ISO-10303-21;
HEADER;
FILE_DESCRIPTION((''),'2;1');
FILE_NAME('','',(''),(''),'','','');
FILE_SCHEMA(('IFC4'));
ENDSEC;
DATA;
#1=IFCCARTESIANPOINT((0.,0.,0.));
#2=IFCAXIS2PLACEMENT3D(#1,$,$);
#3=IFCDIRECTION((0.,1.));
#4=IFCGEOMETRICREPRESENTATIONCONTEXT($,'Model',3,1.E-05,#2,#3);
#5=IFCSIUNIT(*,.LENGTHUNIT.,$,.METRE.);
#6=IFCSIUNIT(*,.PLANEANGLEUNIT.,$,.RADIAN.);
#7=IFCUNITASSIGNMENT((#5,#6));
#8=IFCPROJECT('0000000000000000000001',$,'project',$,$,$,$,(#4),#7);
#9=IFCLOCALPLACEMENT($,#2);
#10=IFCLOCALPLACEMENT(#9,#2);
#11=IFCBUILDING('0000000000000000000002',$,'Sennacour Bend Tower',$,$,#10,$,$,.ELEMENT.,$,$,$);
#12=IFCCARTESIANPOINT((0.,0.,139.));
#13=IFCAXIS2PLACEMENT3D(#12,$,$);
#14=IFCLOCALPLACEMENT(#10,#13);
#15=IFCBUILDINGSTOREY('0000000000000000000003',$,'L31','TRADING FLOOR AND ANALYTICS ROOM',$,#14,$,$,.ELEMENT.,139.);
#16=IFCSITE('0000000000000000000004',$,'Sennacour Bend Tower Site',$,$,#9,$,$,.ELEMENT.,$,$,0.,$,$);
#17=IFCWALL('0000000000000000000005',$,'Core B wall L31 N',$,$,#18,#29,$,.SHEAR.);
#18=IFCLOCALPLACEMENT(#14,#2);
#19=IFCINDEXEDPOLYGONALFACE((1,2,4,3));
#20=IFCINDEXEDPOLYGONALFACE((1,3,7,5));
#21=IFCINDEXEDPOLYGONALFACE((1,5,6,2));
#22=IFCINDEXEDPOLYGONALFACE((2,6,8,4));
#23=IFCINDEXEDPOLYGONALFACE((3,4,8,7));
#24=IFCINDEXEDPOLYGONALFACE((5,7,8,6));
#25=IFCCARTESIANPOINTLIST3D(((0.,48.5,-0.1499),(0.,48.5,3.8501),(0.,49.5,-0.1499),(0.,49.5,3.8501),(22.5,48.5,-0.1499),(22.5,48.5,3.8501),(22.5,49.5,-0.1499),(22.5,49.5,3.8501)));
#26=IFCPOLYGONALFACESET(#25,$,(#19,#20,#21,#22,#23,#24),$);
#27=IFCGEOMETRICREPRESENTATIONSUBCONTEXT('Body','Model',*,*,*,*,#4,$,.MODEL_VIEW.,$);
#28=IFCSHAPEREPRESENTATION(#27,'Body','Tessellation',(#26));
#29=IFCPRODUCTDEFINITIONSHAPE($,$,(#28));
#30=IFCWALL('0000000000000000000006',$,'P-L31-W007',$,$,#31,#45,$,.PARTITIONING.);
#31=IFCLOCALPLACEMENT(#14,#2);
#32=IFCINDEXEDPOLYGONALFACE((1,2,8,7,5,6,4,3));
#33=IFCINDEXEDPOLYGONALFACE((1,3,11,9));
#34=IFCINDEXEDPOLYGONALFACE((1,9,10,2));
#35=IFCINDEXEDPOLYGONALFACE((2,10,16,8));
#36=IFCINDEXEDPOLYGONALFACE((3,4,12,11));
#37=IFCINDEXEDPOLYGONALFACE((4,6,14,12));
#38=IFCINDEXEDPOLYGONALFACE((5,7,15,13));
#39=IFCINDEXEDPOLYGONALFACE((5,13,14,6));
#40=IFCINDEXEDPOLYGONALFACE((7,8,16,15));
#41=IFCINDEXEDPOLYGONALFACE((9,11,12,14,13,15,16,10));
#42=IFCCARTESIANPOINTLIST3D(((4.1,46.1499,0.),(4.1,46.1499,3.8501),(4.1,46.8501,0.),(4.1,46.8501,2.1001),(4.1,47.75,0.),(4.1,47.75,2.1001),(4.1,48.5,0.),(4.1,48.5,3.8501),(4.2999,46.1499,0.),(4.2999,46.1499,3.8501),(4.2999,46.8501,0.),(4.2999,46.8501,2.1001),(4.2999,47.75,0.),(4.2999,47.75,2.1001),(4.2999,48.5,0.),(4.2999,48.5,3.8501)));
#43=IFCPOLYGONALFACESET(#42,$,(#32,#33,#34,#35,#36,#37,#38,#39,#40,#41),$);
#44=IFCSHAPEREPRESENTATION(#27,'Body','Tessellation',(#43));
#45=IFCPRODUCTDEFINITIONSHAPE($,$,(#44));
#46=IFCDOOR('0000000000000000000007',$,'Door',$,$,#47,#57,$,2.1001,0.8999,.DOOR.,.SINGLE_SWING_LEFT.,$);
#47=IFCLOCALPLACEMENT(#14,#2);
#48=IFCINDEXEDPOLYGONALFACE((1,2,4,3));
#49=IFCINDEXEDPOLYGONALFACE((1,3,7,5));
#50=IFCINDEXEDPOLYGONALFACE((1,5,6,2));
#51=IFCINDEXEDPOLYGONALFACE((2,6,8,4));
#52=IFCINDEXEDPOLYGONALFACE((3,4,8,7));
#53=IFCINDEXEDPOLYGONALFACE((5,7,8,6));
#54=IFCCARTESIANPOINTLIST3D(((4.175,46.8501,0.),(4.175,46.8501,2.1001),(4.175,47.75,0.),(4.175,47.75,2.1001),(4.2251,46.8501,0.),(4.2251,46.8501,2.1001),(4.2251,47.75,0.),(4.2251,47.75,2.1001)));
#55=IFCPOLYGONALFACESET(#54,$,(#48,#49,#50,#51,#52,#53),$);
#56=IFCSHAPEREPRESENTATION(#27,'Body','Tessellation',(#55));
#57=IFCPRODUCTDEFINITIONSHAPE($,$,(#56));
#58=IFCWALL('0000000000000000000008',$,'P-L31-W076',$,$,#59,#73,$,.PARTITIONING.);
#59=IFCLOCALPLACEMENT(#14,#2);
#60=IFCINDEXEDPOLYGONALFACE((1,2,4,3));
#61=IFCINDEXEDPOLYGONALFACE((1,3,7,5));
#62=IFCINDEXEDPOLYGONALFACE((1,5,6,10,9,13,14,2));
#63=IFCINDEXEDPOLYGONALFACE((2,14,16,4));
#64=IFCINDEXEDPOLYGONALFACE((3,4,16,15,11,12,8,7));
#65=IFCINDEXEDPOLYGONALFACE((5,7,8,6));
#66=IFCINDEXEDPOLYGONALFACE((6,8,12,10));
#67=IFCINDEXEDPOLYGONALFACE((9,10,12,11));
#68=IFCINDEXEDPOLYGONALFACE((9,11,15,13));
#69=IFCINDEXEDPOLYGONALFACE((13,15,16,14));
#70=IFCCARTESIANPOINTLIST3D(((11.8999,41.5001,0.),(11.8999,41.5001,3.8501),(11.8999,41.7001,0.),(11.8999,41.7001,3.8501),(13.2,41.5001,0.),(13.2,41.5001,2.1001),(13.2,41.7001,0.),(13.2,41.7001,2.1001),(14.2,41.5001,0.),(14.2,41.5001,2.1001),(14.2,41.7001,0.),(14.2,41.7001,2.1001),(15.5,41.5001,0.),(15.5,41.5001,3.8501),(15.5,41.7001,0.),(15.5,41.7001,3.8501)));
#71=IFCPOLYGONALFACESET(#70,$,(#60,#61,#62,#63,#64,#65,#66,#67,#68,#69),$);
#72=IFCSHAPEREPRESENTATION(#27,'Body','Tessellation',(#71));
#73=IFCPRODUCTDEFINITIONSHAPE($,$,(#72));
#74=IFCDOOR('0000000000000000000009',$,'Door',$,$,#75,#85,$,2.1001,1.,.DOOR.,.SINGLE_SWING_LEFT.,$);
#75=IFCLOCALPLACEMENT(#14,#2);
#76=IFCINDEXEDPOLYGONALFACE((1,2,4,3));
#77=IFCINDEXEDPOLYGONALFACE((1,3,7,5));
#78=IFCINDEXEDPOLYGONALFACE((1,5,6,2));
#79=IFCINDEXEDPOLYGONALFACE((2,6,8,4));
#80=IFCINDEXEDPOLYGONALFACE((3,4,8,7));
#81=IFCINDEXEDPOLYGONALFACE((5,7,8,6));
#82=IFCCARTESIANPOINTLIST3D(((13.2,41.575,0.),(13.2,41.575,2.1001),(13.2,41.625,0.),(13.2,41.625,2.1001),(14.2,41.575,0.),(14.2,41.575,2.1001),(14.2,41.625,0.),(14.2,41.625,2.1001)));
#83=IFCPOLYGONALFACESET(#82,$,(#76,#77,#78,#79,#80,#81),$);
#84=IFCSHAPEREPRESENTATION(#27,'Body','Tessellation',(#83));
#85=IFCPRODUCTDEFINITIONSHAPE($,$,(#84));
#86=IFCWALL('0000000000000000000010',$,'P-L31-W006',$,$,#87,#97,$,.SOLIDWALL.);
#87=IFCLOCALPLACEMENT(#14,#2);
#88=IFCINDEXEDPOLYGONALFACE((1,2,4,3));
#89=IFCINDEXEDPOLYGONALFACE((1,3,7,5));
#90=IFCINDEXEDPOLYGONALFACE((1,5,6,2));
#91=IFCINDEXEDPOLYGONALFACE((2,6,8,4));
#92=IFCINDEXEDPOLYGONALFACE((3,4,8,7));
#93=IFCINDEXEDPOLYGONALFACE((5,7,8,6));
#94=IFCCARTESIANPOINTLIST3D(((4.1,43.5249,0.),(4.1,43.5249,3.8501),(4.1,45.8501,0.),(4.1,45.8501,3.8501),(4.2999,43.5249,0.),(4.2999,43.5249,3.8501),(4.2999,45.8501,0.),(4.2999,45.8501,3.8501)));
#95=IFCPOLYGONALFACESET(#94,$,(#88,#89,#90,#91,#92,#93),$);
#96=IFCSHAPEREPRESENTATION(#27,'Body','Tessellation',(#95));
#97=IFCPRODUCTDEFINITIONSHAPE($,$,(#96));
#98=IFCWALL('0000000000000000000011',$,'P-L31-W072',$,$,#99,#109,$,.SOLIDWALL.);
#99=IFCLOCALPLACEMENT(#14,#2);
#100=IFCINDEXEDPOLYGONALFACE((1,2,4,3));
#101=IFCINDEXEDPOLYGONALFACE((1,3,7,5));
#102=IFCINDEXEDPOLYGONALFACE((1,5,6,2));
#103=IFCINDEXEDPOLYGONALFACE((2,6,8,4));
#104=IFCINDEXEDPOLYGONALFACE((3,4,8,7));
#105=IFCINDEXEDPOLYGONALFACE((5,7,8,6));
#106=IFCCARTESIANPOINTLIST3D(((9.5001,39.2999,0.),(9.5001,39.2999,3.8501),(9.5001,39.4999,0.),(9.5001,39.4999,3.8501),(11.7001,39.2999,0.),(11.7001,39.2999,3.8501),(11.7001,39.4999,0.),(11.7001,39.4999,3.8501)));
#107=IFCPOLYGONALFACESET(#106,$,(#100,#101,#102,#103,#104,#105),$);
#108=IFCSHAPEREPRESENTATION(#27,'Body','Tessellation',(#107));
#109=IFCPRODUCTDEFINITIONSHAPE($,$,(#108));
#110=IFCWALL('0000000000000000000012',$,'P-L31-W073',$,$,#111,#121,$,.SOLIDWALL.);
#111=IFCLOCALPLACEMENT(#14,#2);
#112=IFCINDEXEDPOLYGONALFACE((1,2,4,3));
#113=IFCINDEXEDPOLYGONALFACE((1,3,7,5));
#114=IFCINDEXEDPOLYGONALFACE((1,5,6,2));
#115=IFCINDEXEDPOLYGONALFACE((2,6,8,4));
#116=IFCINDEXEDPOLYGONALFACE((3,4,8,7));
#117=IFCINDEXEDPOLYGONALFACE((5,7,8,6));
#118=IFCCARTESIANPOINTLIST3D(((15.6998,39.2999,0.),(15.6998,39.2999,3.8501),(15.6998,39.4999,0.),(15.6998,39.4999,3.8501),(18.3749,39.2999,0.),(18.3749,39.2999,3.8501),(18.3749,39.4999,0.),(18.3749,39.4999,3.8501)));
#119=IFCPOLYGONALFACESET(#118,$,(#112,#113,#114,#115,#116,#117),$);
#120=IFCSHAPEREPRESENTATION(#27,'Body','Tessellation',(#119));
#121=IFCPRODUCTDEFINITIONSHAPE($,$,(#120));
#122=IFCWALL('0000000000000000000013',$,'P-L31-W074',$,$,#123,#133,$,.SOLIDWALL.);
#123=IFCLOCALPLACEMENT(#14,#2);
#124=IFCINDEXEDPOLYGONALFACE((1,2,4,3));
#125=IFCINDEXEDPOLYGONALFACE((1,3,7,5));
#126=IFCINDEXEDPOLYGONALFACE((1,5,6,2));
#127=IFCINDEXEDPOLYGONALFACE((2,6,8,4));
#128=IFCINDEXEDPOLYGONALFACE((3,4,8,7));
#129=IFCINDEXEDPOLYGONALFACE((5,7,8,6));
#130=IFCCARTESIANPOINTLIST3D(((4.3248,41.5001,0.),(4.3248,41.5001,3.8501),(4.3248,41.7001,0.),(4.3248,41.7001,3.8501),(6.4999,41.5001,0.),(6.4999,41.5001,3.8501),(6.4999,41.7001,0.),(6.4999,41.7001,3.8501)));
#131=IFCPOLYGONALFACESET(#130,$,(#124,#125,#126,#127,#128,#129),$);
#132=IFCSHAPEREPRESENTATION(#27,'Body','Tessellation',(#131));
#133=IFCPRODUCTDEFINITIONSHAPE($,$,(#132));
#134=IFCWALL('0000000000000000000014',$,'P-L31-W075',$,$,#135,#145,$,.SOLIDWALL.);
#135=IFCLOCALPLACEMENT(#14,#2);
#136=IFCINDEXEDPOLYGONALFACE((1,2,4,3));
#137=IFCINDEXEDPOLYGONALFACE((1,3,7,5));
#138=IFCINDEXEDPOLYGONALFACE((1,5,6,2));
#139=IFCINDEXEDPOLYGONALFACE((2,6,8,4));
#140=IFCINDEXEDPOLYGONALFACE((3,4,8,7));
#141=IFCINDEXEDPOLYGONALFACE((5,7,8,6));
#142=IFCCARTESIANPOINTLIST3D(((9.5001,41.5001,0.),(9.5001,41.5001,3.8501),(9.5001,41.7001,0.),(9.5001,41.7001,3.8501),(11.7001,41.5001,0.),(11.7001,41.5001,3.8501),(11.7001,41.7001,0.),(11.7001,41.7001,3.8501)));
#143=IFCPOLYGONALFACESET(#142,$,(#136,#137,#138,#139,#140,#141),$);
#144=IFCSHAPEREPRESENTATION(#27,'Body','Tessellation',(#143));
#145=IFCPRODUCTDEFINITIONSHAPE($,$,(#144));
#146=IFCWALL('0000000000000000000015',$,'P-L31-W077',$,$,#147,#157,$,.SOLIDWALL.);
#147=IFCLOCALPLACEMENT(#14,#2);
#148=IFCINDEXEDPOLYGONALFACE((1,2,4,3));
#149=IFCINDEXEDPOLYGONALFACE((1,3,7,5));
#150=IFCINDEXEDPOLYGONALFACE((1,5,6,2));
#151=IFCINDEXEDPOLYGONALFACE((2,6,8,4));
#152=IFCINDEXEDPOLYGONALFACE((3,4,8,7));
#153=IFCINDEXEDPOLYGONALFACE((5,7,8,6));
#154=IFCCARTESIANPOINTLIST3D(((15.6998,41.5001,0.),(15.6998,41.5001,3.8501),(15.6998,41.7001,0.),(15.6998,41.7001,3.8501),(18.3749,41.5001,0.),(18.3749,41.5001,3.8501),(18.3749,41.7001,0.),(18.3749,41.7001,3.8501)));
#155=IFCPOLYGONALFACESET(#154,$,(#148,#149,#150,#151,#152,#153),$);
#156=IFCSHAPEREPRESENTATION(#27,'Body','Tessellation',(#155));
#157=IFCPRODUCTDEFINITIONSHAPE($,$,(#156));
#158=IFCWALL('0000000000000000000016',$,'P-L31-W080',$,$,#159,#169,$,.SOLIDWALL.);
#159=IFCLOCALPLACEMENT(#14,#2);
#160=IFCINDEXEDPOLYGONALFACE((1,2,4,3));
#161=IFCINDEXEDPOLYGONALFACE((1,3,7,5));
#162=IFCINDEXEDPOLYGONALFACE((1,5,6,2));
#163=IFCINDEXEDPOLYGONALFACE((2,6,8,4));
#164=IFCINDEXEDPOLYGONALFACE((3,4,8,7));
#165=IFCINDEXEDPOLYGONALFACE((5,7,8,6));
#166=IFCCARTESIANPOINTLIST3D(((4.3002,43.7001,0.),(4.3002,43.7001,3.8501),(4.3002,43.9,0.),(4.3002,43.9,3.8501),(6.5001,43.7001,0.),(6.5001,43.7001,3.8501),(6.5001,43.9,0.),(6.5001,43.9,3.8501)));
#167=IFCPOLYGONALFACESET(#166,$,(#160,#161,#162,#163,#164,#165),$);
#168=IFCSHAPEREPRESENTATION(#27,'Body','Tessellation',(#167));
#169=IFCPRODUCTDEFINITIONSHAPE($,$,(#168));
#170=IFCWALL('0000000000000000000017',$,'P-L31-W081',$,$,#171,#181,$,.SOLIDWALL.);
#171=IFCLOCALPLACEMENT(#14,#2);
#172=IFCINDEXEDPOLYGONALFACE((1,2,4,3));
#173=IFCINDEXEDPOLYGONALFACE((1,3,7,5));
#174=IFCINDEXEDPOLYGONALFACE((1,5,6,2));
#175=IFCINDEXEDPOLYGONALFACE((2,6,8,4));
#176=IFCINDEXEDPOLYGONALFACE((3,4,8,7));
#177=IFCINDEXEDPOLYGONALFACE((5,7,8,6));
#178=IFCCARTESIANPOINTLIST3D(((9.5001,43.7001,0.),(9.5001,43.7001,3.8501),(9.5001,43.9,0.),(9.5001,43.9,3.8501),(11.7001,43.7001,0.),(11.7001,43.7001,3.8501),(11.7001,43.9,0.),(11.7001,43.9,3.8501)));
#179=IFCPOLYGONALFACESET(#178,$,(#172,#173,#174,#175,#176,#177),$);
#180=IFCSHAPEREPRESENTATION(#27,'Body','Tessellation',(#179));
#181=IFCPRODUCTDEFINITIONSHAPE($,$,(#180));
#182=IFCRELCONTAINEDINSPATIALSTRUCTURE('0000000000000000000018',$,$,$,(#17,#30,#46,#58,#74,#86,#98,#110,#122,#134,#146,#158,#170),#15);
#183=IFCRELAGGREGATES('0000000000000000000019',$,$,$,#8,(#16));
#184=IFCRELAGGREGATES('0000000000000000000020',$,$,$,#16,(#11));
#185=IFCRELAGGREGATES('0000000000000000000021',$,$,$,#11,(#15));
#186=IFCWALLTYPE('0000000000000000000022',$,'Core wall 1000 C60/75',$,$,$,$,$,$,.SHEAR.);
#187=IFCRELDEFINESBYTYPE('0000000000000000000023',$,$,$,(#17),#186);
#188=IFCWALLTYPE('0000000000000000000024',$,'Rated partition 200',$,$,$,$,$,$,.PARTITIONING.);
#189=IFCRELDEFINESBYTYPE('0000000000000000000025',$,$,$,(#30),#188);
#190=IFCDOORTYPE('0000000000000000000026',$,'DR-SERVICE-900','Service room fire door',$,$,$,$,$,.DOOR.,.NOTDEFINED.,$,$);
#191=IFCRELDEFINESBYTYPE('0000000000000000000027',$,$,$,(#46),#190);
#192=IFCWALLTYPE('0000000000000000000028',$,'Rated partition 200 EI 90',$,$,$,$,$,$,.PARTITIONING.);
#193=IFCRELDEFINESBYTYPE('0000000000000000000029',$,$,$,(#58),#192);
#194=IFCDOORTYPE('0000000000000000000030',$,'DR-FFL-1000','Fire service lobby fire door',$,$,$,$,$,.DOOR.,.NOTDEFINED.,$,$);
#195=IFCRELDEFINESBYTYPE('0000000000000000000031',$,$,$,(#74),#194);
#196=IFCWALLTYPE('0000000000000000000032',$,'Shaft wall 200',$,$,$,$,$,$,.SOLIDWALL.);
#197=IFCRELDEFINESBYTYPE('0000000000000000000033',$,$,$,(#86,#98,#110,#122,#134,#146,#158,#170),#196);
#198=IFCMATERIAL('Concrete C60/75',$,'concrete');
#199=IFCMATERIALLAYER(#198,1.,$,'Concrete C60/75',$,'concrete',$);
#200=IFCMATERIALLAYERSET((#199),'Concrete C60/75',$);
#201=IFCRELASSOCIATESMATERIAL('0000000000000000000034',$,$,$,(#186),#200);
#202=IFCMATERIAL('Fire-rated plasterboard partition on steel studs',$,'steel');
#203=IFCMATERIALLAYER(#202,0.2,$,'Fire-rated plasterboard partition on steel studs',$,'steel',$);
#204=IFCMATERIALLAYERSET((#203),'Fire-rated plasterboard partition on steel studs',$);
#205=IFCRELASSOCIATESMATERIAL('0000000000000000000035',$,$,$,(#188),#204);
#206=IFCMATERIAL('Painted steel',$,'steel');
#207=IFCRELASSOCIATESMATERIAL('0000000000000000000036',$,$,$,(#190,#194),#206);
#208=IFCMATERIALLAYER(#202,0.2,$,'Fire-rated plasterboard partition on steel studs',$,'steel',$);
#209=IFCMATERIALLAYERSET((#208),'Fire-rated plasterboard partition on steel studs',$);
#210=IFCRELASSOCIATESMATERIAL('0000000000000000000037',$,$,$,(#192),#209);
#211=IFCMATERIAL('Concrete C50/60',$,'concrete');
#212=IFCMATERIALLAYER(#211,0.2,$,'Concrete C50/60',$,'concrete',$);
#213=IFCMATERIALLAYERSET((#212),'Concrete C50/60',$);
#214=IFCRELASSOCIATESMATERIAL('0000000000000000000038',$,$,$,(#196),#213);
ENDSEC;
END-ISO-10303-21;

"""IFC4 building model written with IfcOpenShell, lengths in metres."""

from ifc_helpers import new_model, si_unit, direction, frame, frame_2d, origin, place, context, subcontext, project, spatial, rectangle, extrude, material, layer, layer_set, type_object, element, fill, save


model = new_model("IFC4")

# Units and contexts
model_context = context("Model", 3, precision=1e-05, world=origin(), true_north=direction((0.0, 1.0)))
body_context = subcontext(model_context, "Body", "Model", "MODEL_VIEW")
ifc_project = project(units=[si_unit("LENGTHUNIT", "METRE"), si_unit("PLANEANGLEUNIT", "RADIAN")], contexts=[model_context])

# Site, building, storey
site_placement = place(None, origin())
site = spatial("IfcSite", under=ifc_project, at=site_placement, Name="Sennacour Bend Tower Site", CompositionType="ELEMENT", RefElevation=0.0)
building_placement = place(site_placement, origin())
building = spatial("IfcBuilding", under=site, at=building_placement, Name="Sennacour Bend Tower", CompositionType="ELEMENT")
storey_placement = place(building_placement, frame((0.0, 0.0, 139.0)))
storey = spatial("IfcBuildingStorey", under=building, at=storey_placement, Name="L31", Description="TRADING FLOOR AND ANALYTICS ROOM", CompositionType="ELEMENT", Elevation=139.0)

# Wall
ifc_material_1 = material(Name="Concrete C60/75", Category="concrete")
ifc_layer_1 = layer(ifc_material_1, 1.0, Name="Concrete C60/75", Category="concrete")
ifc_layer_set_1 = layer_set([ifc_layer_1], Name="Concrete C60/75")
wall_type_1 = type_object("IfcWallType", Name="Core wall 1000 C60/75", PredefinedType="SHEAR", material=ifc_layer_set_1)
wall_1_placement = place(storey_placement, frame((0.0, 49.0, -0.1499), z_axis=(0.0, 0.0, 1.0), x_axis=(1.0, 0.0, 0.0)))
element("IfcWall", 1, at=wall_1_placement, inside=storey, type_object=wall_type_1, Name="Core B wall L31 N", PredefinedType="SHEAR", context=body_context, shape_type="SweptSolid", body=[
    extrude(rectangle(XDim=22.5, YDim=1.0, at=frame_2d((11.25, 0.0))), origin(), (0.0, 0.0, 1.0), 4.0),
])

# Walls, openings, doors
ifc_material_2 = material(Name="Fire-rated plasterboard partition on steel studs", Category="steel")
ifc_layer_2 = layer(ifc_material_2, 0.2, Name="Fire-rated plasterboard partition on steel studs", Category="steel")
ifc_layer_set_2 = layer_set([ifc_layer_2], Name="Fire-rated plasterboard partition on steel studs")
wall_type_2 = type_object("IfcWallType", Name="Rated partition 200", PredefinedType="PARTITIONING", material=ifc_layer_set_2)
wall_2_placement = place(storey_placement, frame((4.2, 46.1499, 0.0), z_axis=(0.0, 0.0, 1.0), x_axis=(0.0, 1.0, 0.0)))
wall_2 = element("IfcWall", 2, at=wall_2_placement, inside=storey, type_object=wall_type_2, Name="P-L31-W007", PredefinedType="PARTITIONING", context=body_context, shape_type="SweptSolid", body=[
    extrude(rectangle(XDim=2.3501, YDim=0.2, at=frame_2d((1.175, 0.0))), origin(), (0.0, 0.0, 1.0), 3.8501),
])
opening_1_placement = place(wall_2_placement, frame((0.7002, 0.0, 0.0)))
opening_1 = element("IfcOpeningElement", 3, at=opening_1_placement, cuts=wall_2, PredefinedType="OPENING", context=body_context, shape_type="SweptSolid", body=[
    extrude(rectangle(XDim=0.8999, YDim=2.1001, at=frame_2d((0.45, 1.05))), frame((0.0, 0.1099, 0.0), z_axis=(0.0, -1.0, 0.0), x_axis=(1.0, 0.0, 0.0)), (0.0, 0.0, 1.0), 0.22),
])
ifc_material_3 = material(Name="Painted steel", Category="steel")
door_type_1 = type_object("IfcDoorType", Name="DR-SERVICE-900", Description="Service room fire door", OperationType="NOTDEFINED", PredefinedType="DOOR", material=ifc_material_3)
door_1_placement = place(opening_1_placement, origin())
door_1 = element("IfcDoor", 4, at=door_1_placement, inside=storey, type_object=door_type_1, Name="Door", OperationType="SINGLE_SWING_LEFT", OverallHeight=2.1001, OverallWidth=0.8999, PredefinedType="DOOR", context=body_context, shape_type="SweptSolid", body=[
    extrude(rectangle(XDim=0.8999, YDim=2.1001, at=frame_2d((0.45, 1.05))), frame((0.0, 0.0249, 0.0), z_axis=(0.0, -1.0, 0.0), x_axis=(1.0, 0.0, 0.0)), (0.0, 0.0, 1.0), 0.05),
])
fill(opening_1, door_1)
ifc_layer_3 = layer(ifc_material_2, 0.2, Name="Fire-rated plasterboard partition on steel studs", Category="steel")
ifc_layer_set_3 = layer_set([ifc_layer_3], Name="Fire-rated plasterboard partition on steel studs")
wall_type_3 = type_object("IfcWallType", Name="Rated partition 200 EI 90", PredefinedType="PARTITIONING", material=ifc_layer_set_3)
wall_3_placement = place(storey_placement, frame((11.8999, 41.6001, 0.0), z_axis=(0.0, 0.0, 1.0), x_axis=(1.0, 0.0, 0.0)))
wall_3 = element("IfcWall", 5, at=wall_3_placement, inside=storey, type_object=wall_type_3, Name="P-L31-W076", PredefinedType="PARTITIONING", context=body_context, shape_type="SweptSolid", body=[
    extrude(rectangle(XDim=3.6001, YDim=0.2, at=frame_2d((1.8, 0.0))), origin(), (0.0, 0.0, 1.0), 3.8501),
])
opening_2_placement = place(wall_3_placement, frame((1.3, 0.0, 0.0)))
opening_2 = element("IfcOpeningElement", 6, at=opening_2_placement, cuts=wall_3, PredefinedType="OPENING", context=body_context, shape_type="SweptSolid", body=[
    extrude(rectangle(XDim=1.0, YDim=2.1001, at=frame_2d((0.5, 1.05))), frame((0.0, 0.1099, 0.0), z_axis=(0.0, -1.0, 0.0), x_axis=(1.0, 0.0, 0.0)), (0.0, 0.0, 1.0), 0.22),
])
door_type_2 = type_object("IfcDoorType", Name="DR-FFL-1000", Description="Fire service lobby fire door", OperationType="NOTDEFINED", PredefinedType="DOOR", material=ifc_material_3)
door_2_placement = place(opening_2_placement, origin())
door_2 = element("IfcDoor", 7, at=door_2_placement, inside=storey, type_object=door_type_2, Name="Door", OperationType="SINGLE_SWING_LEFT", OverallHeight=2.1001, OverallWidth=1.0, PredefinedType="DOOR", context=body_context, shape_type="SweptSolid", body=[
    extrude(rectangle(XDim=1.0, YDim=2.1001, at=frame_2d((0.5, 1.05))), frame((0.0, 0.0249, 0.0), z_axis=(0.0, -1.0, 0.0), x_axis=(1.0, 0.0, 0.0)), (0.0, 0.0, 1.0), 0.05),
])
fill(opening_2, door_2)

# Walls
ifc_material_4 = material(Name="Concrete C50/60", Category="concrete")
ifc_layer_4 = layer(ifc_material_4, 0.2, Name="Concrete C50/60", Category="concrete")
ifc_layer_set_4 = layer_set([ifc_layer_4], Name="Concrete C50/60")
wall_type_4 = type_object("IfcWallType", Name="Shaft wall 200", PredefinedType="SOLIDWALL", material=ifc_layer_set_4)
wall_4_placement = place(storey_placement, frame((4.2, 43.5249, 0.0), z_axis=(0.0, 0.0, 1.0), x_axis=(0.0, 1.0, 0.0)))
element("IfcWall", 8, at=wall_4_placement, inside=storey, type_object=wall_type_4, Name="P-L31-W006", PredefinedType="SOLIDWALL", context=body_context, shape_type="SweptSolid", body=[
    extrude(rectangle(XDim=2.3252, YDim=0.2, at=frame_2d((1.1626, 0.0))), origin(), (0.0, 0.0, 1.0), 3.8501),
])
wall_5_placement = place(storey_placement, frame((9.5, 39.3999, 0.0), z_axis=(0.0, 0.0, 1.0), x_axis=(1.0, 0.0, 0.0)))
element("IfcWall", 9, at=wall_5_placement, inside=storey, type_object=wall_type_4, Name="P-L31-W072", PredefinedType="SOLIDWALL", context=body_context, shape_type="SweptSolid", body=[
    extrude(rectangle(XDim=2.2, YDim=0.2, at=frame_2d((1.1001, 0.0))), origin(), (0.0, 0.0, 1.0), 3.8501),
])
wall_6_placement = place(storey_placement, frame((15.7, 39.3999, 0.0), z_axis=(0.0, 0.0, 1.0), x_axis=(1.0, 0.0, 0.0)))
element("IfcWall", 10, at=wall_6_placement, inside=storey, type_object=wall_type_4, Name="P-L31-W073", PredefinedType="SOLIDWALL", context=body_context, shape_type="SweptSolid", body=[
    extrude(rectangle(XDim=2.675, YDim=0.2, at=frame_2d((1.3374, 0.0))), origin(), (0.0, 0.0, 1.0), 3.8501),
])
wall_7_placement = place(storey_placement, frame((4.325, 41.6001, 0.0), z_axis=(0.0, 0.0, 1.0), x_axis=(1.0, 0.0, 0.0)))
element("IfcWall", 11, at=wall_7_placement, inside=storey, type_object=wall_type_4, Name="P-L31-W074", PredefinedType="SOLIDWALL", context=body_context, shape_type="SweptSolid", body=[
    extrude(rectangle(XDim=2.175, YDim=0.2, at=frame_2d((1.0874, 0.0))), origin(), (0.0, 0.0, 1.0), 3.8501),
])
wall_8_placement = place(storey_placement, frame((9.5, 41.6001, 0.0), z_axis=(0.0, 0.0, 1.0), x_axis=(1.0, 0.0, 0.0)))
element("IfcWall", 12, at=wall_8_placement, inside=storey, type_object=wall_type_4, Name="P-L31-W075", PredefinedType="SOLIDWALL", context=body_context, shape_type="SweptSolid", body=[
    extrude(rectangle(XDim=2.2, YDim=0.2, at=frame_2d((1.1001, 0.0))), origin(), (0.0, 0.0, 1.0), 3.8501),
])
wall_9_placement = place(storey_placement, frame((15.7, 41.6001, 0.0), z_axis=(0.0, 0.0, 1.0), x_axis=(1.0, 0.0, 0.0)))
element("IfcWall", 13, at=wall_9_placement, inside=storey, type_object=wall_type_4, Name="P-L31-W077", PredefinedType="SOLIDWALL", context=body_context, shape_type="SweptSolid", body=[
    extrude(rectangle(XDim=2.675, YDim=0.2, at=frame_2d((1.3374, 0.0))), origin(), (0.0, 0.0, 1.0), 3.8501),
])
for number, where, z_axis, x_axis, name in (
    (14, (4.3, 43.8, 0.0), (0.0, 0.0, 1.0), (1.0, 0.0, 0.0), "P-L31-W080"),
    (15, (9.5, 43.8, 0.0), (0.0, 0.0, 1.0), (1.0, 0.0, 0.0), "P-L31-W081"),
):
    element("IfcWall", number, at=place(storey_placement, frame(where, z_axis=z_axis, x_axis=x_axis)), inside=storey, type_object=wall_type_4, Name=name, PredefinedType="SOLIDWALL", context=body_context, shape_type="SweptSolid", body=[
        extrude(rectangle(XDim=2.2, YDim=0.2, at=frame_2d((1.1001, 0.0))), origin(), (0.0, 0.0, 1.0), 3.8501),
    ])

save(model, "model.ifc")
